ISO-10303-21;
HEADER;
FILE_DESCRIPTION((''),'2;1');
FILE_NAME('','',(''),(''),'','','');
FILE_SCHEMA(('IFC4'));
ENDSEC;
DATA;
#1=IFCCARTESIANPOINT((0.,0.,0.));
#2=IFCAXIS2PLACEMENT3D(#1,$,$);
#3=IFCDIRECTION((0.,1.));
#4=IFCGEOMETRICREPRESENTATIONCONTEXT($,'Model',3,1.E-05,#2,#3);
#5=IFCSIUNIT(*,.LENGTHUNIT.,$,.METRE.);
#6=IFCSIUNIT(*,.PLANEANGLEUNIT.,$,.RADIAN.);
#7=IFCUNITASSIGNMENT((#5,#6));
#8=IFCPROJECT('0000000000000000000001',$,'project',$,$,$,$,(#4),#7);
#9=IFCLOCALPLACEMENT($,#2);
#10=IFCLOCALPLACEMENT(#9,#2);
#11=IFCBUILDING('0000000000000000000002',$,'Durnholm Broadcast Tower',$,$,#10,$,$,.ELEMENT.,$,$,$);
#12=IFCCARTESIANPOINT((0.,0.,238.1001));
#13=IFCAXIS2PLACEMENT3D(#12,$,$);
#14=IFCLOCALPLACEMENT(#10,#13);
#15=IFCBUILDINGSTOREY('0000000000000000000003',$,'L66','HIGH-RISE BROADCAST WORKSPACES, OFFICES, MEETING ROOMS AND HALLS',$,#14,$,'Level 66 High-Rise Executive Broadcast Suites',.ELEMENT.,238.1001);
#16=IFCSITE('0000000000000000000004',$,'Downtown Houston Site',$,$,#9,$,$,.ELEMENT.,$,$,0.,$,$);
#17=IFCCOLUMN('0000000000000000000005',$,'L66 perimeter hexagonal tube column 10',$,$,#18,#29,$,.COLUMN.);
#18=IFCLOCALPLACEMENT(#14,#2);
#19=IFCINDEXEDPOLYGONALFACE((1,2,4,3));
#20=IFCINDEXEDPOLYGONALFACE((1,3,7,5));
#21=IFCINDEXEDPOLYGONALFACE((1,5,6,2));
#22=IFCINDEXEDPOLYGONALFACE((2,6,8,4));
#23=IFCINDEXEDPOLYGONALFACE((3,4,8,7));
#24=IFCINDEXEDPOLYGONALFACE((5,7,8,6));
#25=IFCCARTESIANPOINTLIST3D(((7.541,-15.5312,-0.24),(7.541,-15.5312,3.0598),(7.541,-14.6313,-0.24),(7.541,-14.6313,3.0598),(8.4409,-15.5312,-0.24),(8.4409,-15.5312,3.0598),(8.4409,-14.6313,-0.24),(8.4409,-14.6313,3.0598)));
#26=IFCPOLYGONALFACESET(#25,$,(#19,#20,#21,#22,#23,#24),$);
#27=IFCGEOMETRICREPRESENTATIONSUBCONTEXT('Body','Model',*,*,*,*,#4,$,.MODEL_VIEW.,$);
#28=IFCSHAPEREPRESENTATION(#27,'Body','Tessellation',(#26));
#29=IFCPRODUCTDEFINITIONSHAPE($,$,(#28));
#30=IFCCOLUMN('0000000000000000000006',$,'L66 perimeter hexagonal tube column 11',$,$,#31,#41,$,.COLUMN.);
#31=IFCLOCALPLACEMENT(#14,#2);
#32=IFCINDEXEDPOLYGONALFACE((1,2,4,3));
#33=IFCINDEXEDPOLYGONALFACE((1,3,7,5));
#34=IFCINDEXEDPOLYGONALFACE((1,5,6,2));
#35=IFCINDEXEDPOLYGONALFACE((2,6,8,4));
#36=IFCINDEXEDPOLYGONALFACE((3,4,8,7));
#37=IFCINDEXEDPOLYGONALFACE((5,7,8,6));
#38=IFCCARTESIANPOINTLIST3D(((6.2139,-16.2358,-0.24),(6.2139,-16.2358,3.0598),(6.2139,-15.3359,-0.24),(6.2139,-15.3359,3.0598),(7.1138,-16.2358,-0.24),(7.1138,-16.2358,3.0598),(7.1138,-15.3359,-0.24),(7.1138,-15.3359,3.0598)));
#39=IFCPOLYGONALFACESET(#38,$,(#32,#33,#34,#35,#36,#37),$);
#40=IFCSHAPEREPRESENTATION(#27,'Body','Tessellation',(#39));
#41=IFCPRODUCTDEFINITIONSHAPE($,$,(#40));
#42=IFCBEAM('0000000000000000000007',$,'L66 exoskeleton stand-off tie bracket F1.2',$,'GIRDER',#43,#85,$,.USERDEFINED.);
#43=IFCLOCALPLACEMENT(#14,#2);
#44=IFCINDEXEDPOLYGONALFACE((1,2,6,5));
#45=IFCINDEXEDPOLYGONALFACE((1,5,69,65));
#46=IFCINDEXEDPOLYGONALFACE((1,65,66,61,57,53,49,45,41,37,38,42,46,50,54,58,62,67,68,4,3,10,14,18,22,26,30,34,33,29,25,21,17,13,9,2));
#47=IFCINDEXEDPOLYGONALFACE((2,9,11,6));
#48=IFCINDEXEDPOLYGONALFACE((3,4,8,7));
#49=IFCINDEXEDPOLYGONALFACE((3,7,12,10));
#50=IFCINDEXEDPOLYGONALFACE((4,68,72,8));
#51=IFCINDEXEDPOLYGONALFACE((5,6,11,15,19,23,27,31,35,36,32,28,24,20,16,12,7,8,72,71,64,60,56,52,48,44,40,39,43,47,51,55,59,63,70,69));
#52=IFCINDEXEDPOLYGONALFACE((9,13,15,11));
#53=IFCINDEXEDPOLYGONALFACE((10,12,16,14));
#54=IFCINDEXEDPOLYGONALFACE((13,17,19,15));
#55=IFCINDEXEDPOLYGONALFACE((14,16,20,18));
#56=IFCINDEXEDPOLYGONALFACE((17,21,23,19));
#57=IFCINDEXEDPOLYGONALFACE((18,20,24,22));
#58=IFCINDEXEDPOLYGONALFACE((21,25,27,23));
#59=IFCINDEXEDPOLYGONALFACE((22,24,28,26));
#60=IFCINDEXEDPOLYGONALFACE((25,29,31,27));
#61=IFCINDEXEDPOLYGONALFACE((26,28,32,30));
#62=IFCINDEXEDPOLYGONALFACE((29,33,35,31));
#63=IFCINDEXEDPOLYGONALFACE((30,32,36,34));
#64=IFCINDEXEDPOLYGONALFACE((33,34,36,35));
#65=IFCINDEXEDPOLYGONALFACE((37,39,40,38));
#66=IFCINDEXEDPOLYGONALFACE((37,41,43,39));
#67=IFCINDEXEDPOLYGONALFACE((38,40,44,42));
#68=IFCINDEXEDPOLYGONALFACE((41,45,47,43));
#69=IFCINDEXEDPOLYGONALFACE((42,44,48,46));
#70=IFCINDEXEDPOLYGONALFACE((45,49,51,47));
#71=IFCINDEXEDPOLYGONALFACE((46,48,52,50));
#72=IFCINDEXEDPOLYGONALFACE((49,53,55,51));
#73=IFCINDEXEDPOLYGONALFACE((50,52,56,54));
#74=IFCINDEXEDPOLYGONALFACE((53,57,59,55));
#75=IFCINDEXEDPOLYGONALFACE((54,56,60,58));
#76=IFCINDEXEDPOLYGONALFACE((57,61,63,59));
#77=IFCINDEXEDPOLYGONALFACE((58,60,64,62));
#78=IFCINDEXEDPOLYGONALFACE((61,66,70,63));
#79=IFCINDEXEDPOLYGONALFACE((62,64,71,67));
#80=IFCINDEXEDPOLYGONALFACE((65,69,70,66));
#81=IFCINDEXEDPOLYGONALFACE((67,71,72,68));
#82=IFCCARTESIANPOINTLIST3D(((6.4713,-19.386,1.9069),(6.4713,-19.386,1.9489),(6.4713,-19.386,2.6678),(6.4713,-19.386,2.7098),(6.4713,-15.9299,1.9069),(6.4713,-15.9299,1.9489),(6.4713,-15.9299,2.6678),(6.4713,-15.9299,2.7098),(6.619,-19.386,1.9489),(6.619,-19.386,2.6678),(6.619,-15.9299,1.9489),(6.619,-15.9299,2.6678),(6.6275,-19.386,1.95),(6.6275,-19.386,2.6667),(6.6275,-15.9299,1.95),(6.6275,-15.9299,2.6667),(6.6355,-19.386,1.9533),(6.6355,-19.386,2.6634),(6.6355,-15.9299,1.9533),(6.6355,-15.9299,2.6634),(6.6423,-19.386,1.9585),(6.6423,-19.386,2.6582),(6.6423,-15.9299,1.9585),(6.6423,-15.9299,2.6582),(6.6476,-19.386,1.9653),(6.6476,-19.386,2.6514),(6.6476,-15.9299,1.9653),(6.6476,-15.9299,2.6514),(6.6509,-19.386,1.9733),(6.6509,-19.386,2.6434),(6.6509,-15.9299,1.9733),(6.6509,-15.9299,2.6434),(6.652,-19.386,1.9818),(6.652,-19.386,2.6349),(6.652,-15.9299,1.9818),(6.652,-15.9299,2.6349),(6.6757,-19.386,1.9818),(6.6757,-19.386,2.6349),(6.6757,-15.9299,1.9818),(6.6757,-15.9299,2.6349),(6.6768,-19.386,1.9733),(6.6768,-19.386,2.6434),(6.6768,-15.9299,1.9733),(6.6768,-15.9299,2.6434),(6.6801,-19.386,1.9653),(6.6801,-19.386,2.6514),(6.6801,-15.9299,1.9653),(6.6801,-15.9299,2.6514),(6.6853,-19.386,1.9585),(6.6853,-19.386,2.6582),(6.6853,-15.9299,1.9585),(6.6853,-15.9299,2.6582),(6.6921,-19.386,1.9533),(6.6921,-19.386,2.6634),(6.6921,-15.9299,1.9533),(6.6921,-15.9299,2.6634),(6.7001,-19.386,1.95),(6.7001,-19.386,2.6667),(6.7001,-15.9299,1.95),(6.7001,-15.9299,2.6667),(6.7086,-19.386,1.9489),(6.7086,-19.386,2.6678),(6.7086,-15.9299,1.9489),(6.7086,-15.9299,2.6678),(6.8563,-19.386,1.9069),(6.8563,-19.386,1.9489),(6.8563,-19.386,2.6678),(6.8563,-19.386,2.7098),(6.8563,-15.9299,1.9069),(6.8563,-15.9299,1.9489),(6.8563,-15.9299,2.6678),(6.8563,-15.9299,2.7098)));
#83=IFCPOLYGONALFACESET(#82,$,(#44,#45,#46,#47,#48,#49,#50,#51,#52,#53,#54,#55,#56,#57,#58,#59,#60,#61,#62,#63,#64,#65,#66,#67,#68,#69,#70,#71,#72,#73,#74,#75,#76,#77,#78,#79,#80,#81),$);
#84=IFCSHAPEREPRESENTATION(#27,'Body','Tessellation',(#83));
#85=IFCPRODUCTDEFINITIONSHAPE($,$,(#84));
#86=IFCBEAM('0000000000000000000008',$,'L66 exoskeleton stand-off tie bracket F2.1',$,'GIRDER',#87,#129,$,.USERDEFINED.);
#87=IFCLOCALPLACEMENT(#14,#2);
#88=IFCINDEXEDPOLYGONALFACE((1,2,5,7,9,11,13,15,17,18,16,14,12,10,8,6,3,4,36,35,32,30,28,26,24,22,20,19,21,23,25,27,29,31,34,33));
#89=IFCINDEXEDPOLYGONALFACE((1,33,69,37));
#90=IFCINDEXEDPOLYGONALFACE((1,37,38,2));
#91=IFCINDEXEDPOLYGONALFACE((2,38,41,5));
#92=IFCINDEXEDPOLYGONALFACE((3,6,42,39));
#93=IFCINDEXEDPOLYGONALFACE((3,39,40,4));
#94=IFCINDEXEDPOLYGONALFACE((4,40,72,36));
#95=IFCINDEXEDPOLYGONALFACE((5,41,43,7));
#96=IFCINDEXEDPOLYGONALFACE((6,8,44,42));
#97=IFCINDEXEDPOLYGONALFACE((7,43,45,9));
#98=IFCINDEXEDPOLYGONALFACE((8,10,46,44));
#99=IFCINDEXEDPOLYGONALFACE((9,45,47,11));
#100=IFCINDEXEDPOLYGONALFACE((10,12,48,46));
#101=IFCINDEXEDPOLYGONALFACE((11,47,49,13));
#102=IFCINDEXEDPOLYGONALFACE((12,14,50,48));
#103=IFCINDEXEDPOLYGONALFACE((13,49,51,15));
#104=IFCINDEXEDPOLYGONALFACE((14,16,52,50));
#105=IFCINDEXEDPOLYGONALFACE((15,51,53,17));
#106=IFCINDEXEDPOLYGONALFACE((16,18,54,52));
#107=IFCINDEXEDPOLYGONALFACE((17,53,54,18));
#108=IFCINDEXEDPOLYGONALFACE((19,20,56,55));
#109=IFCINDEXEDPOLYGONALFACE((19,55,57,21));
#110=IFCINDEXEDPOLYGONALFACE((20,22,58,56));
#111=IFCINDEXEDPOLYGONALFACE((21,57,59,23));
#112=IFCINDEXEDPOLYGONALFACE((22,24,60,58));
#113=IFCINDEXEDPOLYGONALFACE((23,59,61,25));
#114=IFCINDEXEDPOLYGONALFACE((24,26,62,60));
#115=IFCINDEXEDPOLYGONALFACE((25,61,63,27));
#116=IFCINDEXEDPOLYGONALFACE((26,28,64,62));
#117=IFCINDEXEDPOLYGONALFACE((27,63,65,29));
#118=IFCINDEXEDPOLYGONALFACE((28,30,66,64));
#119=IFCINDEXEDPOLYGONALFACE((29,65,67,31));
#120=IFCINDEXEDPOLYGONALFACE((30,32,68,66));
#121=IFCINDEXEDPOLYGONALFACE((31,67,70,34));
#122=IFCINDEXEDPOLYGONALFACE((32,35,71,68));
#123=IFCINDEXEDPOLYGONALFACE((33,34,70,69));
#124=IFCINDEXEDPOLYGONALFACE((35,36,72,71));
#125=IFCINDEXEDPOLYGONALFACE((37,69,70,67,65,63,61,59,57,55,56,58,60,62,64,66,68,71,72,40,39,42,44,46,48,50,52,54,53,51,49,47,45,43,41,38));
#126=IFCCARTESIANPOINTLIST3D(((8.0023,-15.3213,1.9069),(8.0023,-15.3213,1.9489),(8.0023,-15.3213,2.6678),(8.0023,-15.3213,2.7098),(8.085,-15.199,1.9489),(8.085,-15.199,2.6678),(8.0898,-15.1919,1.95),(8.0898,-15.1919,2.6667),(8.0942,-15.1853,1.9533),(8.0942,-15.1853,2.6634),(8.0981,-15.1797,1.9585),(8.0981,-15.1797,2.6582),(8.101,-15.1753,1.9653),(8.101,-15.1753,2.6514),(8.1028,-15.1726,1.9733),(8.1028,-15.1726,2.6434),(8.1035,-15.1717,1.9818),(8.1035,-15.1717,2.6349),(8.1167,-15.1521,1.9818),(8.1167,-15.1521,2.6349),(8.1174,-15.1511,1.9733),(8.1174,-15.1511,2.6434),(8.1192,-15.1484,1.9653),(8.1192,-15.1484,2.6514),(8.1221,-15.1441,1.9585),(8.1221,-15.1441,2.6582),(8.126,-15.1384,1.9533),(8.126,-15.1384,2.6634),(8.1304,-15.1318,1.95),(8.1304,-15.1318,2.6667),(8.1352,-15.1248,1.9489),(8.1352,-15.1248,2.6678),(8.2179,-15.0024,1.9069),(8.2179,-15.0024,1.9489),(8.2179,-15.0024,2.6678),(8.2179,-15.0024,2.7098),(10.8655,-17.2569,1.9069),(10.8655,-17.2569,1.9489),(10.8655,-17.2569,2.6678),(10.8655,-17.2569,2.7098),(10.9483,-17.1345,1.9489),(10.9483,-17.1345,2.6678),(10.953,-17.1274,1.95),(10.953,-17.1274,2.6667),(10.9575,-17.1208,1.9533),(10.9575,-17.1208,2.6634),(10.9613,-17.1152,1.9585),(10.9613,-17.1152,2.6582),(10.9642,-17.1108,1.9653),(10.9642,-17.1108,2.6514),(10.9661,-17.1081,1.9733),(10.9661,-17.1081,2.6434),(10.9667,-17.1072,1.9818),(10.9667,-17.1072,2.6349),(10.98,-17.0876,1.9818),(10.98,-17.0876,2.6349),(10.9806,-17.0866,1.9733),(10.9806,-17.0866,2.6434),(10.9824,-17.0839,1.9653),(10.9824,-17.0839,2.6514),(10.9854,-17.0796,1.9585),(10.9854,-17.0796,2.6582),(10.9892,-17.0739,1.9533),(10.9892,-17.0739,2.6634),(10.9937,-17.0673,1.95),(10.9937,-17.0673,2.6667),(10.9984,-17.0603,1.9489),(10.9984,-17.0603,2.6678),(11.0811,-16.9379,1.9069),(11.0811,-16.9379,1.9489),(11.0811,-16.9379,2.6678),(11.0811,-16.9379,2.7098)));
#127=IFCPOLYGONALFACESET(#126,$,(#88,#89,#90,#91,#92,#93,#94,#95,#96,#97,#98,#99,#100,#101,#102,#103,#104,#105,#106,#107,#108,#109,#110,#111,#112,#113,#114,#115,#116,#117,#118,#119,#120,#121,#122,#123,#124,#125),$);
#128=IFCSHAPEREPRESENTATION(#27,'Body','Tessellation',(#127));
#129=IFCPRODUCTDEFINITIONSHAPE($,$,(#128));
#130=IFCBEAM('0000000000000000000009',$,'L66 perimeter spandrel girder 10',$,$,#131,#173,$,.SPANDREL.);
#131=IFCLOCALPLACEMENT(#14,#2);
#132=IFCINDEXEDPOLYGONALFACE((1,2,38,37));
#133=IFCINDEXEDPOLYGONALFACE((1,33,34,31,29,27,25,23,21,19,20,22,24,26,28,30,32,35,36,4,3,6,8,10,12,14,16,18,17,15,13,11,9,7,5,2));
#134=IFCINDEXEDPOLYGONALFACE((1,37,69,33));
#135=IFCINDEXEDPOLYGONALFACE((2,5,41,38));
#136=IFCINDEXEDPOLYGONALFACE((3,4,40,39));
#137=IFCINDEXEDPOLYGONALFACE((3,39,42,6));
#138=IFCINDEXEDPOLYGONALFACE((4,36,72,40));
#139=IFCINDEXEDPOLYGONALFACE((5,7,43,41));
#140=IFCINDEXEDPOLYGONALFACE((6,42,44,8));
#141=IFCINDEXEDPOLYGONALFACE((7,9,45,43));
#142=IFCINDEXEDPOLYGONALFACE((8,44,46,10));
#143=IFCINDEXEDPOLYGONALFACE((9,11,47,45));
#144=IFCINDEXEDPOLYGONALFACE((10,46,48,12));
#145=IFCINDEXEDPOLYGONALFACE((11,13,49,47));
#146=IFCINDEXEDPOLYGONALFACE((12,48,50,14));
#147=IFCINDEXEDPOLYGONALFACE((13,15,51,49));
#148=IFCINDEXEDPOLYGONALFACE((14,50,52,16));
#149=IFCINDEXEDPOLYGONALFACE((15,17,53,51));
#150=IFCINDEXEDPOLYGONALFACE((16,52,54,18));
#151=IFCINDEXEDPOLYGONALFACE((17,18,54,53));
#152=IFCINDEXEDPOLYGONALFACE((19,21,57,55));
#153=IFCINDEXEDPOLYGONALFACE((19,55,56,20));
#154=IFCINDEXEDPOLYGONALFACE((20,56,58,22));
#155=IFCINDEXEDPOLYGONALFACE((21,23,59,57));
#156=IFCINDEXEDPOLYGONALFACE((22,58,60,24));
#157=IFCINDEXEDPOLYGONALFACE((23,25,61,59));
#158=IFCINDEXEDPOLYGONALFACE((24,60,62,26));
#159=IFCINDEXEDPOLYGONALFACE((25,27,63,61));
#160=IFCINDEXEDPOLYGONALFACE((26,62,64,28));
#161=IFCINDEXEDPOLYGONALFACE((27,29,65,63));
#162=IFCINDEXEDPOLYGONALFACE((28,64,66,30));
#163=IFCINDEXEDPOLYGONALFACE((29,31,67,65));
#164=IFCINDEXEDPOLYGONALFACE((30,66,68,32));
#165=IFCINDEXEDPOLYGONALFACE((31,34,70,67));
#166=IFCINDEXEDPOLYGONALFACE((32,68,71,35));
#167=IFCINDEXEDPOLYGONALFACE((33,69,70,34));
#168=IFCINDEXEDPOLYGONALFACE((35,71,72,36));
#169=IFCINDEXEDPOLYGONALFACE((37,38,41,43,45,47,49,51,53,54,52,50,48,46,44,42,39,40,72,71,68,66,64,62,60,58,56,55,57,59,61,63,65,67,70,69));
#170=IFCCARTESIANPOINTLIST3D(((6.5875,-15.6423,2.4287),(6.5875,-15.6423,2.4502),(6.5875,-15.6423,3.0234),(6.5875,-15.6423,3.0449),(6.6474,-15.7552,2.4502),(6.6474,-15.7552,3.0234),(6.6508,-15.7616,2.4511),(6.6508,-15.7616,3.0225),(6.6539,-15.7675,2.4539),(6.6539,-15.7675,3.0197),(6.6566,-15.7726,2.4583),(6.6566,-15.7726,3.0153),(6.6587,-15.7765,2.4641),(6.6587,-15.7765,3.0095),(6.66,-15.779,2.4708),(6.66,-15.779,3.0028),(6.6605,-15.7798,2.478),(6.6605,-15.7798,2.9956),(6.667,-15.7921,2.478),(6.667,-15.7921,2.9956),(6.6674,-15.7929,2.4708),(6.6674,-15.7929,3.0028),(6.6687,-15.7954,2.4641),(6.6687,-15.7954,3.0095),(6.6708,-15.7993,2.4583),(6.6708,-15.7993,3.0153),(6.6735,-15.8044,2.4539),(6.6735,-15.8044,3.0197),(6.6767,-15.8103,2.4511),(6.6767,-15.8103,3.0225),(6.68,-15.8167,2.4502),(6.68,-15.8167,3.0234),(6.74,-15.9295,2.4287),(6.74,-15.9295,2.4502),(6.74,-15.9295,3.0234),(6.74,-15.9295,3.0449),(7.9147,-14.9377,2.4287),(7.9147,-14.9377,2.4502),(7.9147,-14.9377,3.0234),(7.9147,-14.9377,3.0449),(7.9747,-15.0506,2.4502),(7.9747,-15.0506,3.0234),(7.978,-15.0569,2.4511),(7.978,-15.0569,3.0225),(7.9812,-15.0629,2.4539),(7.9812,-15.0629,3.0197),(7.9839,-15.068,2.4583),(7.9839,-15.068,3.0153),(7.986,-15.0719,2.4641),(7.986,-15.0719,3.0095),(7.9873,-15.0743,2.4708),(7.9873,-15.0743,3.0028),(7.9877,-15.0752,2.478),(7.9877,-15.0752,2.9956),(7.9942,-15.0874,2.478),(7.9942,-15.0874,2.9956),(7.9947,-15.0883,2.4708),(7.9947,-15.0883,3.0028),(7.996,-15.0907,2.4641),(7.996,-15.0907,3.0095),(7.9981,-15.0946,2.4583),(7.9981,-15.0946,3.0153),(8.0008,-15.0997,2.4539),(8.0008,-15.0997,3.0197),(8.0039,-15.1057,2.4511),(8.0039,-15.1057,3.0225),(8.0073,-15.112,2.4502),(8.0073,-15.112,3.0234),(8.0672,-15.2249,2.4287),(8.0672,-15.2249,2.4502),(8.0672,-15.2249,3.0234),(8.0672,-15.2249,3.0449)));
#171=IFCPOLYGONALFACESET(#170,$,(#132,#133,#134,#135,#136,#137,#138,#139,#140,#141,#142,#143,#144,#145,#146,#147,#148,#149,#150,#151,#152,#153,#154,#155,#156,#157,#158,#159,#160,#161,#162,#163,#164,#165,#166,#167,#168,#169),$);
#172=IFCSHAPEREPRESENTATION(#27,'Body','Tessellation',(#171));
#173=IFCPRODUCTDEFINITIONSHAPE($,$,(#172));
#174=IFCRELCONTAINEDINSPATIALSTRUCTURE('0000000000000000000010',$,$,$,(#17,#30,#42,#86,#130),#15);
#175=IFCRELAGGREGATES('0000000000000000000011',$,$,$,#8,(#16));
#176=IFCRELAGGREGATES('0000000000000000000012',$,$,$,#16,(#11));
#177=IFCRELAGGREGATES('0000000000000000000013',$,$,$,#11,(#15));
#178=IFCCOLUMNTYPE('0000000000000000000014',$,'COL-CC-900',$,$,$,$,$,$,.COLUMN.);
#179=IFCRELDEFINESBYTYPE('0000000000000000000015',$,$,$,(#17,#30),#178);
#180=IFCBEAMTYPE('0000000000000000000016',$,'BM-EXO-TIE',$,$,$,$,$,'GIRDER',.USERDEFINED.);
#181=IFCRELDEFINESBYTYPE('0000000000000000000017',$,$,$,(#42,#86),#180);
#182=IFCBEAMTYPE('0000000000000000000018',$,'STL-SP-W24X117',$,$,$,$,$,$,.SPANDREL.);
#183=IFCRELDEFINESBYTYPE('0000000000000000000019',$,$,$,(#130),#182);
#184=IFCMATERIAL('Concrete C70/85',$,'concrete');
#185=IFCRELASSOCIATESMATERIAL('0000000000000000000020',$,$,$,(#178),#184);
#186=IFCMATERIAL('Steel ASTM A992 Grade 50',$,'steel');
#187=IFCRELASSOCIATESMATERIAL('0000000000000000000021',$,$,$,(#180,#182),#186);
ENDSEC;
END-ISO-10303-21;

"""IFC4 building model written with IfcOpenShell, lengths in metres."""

from ifc_helpers import new_model, si_unit, direction, frame, origin, origin_2d, place, context, subcontext, project, spatial, rectangle, i_section, extrude, source, transform, mapped, material, material_profile, profile_set, type_object, type_shapes, element, save


model = new_model("IFC4")

# Units and contexts
model_context = context("Model", 3, precision=1e-05, world=origin(), true_north=direction((0.0, 1.0)))
body_context = subcontext(model_context, "Body", "Model", "MODEL_VIEW")
ifc_project = project(units=[si_unit("LENGTHUNIT", "METRE"), si_unit("PLANEANGLEUNIT", "RADIAN")], contexts=[model_context])

# Site, building, storey
site_placement = place(None, origin())
site = spatial("IfcSite", under=ifc_project, at=site_placement, Name="Downtown Houston Site", CompositionType="ELEMENT", RefElevation=0.0)
building_placement = place(site_placement, origin())
building = spatial("IfcBuilding", under=site, at=building_placement, Name="Durnholm Broadcast Tower", CompositionType="ELEMENT")
storey_placement = place(building_placement, frame((0.0, 0.0, 238.1001)))
storey = spatial("IfcBuildingStorey", under=building, at=storey_placement, Name="L66", Description="HIGH-RISE BROADCAST WORKSPACES, OFFICES, MEETING ROOMS AND HALLS", LongName="Level 66 High-Rise Executive Broadcast Suites", CompositionType="ELEMENT", Elevation=238.1001)

# Columns
ifc_material_1 = material(Name="Concrete C70/85", Category="concrete")
ifc_material_profile_1 = material_profile(ifc_material_1, rectangle(XDim=0.8999, YDim=0.8999, at=origin_2d()), Name="RC900X900")
ifc_profile_set_1 = profile_set([ifc_material_profile_1], Name="Concrete C70/85")
column_type = type_object("IfcColumnType", Name="COL-CC-900", PredefinedType="COLUMN", material=ifc_profile_set_1)
shared_shape_1 = source(origin(), body_context, "Body", "SweptSolid", [
    extrude(rectangle(XDim=0.8999, YDim=0.8999, at=origin_2d()), origin(), (0.0, 0.0, 1.0), 3.2998),
])
type_shapes(column_type, [shared_shape_1])
for number, where, z_axis, x_axis, name in (
    (1, (7.991, -15.0813, -0.24), (0.0, 0.0, 1.0), (1.0, 0.0, 0.0), "L66 perimeter hexagonal tube column 10"),
    (2, (6.6638, -15.7859, -0.24), (0.0, 0.0, 1.0), (1.0, 0.0, 0.0), "L66 perimeter hexagonal tube column 11"),
):
    element("IfcColumn", number, at=place(storey_placement, frame(where, z_axis=z_axis, x_axis=x_axis)), inside=storey, type_object=column_type, Name=name, PredefinedType="COLUMN", context=body_context, shape_type="MappedRepresentation", body=[
        mapped(shared_shape_1, transform((0.0, 0.0, 0.0), x_axis=(1.0, 0.0, 0.0), y_axis=(0.0, 1.0, 0.0), z_axis=(0.0, 0.0, 1.0), scale=1.0)),
    ])

# Beams
ifc_material_2 = material(Name="Steel ASTM A992 Grade 50", Category="steel")
ifc_material_profile_2 = material_profile(ifc_material_2, i_section(OverallWidth=0.385, OverallDepth=0.803, WebThickness=0.0237, FlangeThickness=0.042, FilletRadius=0.033, at=origin_2d()), Name="W30X261")
ifc_profile_set_2 = profile_set([ifc_material_profile_2], Name="Steel ASTM A992 Grade 50")
beam_type_1 = type_object("IfcBeamType", Name="BM-EXO-TIE", ElementType="GIRDER", PredefinedType="USERDEFINED", material=ifc_profile_set_2)
shared_shape_2 = source(origin(), body_context, "Body", "SweptSolid", [
    extrude(i_section(OverallWidth=0.385, OverallDepth=0.803, WebThickness=0.0237, FlangeThickness=0.042, FilletRadius=0.033, at=origin_2d()), origin(), (0.0, 0.0, 1.0), 3.4561),
])
for number, where, z_axis, x_axis, name in (
    (3, (6.6638, -15.9299, 2.3083), (0.0, -1.0, 0.0), (1.0, 0.0, 0.0), "L66 exoskeleton stand-off tie bracket F1.2"),
    (4, (8.1101, -15.1619, 2.3083), (0.828468, -0.560036, 0.0), (0.560036, 0.828468, 0.0), "L66 exoskeleton stand-off tie bracket F2.1"),
):
    element("IfcBeam", number, at=place(storey_placement, frame(where, z_axis=z_axis, x_axis=x_axis)), inside=storey, type_object=beam_type_1, Name=name, ObjectType="GIRDER", PredefinedType="USERDEFINED", context=body_context, shape_type="MappedRepresentation", body=[
        mapped(shared_shape_2, transform((0.0, 0.0, 0.0), x_axis=(1.0, 0.0, 0.0), y_axis=(0.0, 1.0, 0.0), z_axis=(0.0, 0.0, 1.0), scale=1.0)),
    ])
ifc_material_profile_3 = material_profile(ifc_material_2, i_section(OverallWidth=0.3252, OverallDepth=0.6162, WebThickness=0.0139, FlangeThickness=0.0215, FilletRadius=0.0278, at=origin_2d()), Name="W24X117")
ifc_profile_set_3 = profile_set([ifc_material_profile_3], Name="Steel ASTM A992 Grade 50")
beam_type_2 = type_object("IfcBeamType", Name="STL-SP-W24X117", PredefinedType="SPANDREL", material=ifc_profile_set_3)
shared_shape_3 = source(origin(), body_context, "Body", "SweptSolid", [
    extrude(i_section(OverallWidth=0.3252, OverallDepth=0.6162, WebThickness=0.0139, FlangeThickness=0.0215, FilletRadius=0.0278, at=origin_2d()), origin(), (0.0, 0.0, 1.0), 1.5027),
])
beam_1_placement = place(storey_placement, frame((7.991, -15.0813, 2.7368), z_axis=(-0.883242, -0.468918, 0.0), x_axis=(0.468918, -0.883242, 0.0)))
element("IfcBeam", 5, at=beam_1_placement, inside=storey, type_object=beam_type_2, Name="L66 perimeter spandrel girder 10", PredefinedType="SPANDREL", context=body_context, shape_type="MappedRepresentation", body=[
    mapped(shared_shape_3, transform((0.0, 0.0, 0.0), x_axis=(1.0, 0.0, 0.0), y_axis=(0.0, 1.0, 0.0), z_axis=(0.0, 0.0, 1.0), scale=1.0)),
])

save(model, "model.ifc")
